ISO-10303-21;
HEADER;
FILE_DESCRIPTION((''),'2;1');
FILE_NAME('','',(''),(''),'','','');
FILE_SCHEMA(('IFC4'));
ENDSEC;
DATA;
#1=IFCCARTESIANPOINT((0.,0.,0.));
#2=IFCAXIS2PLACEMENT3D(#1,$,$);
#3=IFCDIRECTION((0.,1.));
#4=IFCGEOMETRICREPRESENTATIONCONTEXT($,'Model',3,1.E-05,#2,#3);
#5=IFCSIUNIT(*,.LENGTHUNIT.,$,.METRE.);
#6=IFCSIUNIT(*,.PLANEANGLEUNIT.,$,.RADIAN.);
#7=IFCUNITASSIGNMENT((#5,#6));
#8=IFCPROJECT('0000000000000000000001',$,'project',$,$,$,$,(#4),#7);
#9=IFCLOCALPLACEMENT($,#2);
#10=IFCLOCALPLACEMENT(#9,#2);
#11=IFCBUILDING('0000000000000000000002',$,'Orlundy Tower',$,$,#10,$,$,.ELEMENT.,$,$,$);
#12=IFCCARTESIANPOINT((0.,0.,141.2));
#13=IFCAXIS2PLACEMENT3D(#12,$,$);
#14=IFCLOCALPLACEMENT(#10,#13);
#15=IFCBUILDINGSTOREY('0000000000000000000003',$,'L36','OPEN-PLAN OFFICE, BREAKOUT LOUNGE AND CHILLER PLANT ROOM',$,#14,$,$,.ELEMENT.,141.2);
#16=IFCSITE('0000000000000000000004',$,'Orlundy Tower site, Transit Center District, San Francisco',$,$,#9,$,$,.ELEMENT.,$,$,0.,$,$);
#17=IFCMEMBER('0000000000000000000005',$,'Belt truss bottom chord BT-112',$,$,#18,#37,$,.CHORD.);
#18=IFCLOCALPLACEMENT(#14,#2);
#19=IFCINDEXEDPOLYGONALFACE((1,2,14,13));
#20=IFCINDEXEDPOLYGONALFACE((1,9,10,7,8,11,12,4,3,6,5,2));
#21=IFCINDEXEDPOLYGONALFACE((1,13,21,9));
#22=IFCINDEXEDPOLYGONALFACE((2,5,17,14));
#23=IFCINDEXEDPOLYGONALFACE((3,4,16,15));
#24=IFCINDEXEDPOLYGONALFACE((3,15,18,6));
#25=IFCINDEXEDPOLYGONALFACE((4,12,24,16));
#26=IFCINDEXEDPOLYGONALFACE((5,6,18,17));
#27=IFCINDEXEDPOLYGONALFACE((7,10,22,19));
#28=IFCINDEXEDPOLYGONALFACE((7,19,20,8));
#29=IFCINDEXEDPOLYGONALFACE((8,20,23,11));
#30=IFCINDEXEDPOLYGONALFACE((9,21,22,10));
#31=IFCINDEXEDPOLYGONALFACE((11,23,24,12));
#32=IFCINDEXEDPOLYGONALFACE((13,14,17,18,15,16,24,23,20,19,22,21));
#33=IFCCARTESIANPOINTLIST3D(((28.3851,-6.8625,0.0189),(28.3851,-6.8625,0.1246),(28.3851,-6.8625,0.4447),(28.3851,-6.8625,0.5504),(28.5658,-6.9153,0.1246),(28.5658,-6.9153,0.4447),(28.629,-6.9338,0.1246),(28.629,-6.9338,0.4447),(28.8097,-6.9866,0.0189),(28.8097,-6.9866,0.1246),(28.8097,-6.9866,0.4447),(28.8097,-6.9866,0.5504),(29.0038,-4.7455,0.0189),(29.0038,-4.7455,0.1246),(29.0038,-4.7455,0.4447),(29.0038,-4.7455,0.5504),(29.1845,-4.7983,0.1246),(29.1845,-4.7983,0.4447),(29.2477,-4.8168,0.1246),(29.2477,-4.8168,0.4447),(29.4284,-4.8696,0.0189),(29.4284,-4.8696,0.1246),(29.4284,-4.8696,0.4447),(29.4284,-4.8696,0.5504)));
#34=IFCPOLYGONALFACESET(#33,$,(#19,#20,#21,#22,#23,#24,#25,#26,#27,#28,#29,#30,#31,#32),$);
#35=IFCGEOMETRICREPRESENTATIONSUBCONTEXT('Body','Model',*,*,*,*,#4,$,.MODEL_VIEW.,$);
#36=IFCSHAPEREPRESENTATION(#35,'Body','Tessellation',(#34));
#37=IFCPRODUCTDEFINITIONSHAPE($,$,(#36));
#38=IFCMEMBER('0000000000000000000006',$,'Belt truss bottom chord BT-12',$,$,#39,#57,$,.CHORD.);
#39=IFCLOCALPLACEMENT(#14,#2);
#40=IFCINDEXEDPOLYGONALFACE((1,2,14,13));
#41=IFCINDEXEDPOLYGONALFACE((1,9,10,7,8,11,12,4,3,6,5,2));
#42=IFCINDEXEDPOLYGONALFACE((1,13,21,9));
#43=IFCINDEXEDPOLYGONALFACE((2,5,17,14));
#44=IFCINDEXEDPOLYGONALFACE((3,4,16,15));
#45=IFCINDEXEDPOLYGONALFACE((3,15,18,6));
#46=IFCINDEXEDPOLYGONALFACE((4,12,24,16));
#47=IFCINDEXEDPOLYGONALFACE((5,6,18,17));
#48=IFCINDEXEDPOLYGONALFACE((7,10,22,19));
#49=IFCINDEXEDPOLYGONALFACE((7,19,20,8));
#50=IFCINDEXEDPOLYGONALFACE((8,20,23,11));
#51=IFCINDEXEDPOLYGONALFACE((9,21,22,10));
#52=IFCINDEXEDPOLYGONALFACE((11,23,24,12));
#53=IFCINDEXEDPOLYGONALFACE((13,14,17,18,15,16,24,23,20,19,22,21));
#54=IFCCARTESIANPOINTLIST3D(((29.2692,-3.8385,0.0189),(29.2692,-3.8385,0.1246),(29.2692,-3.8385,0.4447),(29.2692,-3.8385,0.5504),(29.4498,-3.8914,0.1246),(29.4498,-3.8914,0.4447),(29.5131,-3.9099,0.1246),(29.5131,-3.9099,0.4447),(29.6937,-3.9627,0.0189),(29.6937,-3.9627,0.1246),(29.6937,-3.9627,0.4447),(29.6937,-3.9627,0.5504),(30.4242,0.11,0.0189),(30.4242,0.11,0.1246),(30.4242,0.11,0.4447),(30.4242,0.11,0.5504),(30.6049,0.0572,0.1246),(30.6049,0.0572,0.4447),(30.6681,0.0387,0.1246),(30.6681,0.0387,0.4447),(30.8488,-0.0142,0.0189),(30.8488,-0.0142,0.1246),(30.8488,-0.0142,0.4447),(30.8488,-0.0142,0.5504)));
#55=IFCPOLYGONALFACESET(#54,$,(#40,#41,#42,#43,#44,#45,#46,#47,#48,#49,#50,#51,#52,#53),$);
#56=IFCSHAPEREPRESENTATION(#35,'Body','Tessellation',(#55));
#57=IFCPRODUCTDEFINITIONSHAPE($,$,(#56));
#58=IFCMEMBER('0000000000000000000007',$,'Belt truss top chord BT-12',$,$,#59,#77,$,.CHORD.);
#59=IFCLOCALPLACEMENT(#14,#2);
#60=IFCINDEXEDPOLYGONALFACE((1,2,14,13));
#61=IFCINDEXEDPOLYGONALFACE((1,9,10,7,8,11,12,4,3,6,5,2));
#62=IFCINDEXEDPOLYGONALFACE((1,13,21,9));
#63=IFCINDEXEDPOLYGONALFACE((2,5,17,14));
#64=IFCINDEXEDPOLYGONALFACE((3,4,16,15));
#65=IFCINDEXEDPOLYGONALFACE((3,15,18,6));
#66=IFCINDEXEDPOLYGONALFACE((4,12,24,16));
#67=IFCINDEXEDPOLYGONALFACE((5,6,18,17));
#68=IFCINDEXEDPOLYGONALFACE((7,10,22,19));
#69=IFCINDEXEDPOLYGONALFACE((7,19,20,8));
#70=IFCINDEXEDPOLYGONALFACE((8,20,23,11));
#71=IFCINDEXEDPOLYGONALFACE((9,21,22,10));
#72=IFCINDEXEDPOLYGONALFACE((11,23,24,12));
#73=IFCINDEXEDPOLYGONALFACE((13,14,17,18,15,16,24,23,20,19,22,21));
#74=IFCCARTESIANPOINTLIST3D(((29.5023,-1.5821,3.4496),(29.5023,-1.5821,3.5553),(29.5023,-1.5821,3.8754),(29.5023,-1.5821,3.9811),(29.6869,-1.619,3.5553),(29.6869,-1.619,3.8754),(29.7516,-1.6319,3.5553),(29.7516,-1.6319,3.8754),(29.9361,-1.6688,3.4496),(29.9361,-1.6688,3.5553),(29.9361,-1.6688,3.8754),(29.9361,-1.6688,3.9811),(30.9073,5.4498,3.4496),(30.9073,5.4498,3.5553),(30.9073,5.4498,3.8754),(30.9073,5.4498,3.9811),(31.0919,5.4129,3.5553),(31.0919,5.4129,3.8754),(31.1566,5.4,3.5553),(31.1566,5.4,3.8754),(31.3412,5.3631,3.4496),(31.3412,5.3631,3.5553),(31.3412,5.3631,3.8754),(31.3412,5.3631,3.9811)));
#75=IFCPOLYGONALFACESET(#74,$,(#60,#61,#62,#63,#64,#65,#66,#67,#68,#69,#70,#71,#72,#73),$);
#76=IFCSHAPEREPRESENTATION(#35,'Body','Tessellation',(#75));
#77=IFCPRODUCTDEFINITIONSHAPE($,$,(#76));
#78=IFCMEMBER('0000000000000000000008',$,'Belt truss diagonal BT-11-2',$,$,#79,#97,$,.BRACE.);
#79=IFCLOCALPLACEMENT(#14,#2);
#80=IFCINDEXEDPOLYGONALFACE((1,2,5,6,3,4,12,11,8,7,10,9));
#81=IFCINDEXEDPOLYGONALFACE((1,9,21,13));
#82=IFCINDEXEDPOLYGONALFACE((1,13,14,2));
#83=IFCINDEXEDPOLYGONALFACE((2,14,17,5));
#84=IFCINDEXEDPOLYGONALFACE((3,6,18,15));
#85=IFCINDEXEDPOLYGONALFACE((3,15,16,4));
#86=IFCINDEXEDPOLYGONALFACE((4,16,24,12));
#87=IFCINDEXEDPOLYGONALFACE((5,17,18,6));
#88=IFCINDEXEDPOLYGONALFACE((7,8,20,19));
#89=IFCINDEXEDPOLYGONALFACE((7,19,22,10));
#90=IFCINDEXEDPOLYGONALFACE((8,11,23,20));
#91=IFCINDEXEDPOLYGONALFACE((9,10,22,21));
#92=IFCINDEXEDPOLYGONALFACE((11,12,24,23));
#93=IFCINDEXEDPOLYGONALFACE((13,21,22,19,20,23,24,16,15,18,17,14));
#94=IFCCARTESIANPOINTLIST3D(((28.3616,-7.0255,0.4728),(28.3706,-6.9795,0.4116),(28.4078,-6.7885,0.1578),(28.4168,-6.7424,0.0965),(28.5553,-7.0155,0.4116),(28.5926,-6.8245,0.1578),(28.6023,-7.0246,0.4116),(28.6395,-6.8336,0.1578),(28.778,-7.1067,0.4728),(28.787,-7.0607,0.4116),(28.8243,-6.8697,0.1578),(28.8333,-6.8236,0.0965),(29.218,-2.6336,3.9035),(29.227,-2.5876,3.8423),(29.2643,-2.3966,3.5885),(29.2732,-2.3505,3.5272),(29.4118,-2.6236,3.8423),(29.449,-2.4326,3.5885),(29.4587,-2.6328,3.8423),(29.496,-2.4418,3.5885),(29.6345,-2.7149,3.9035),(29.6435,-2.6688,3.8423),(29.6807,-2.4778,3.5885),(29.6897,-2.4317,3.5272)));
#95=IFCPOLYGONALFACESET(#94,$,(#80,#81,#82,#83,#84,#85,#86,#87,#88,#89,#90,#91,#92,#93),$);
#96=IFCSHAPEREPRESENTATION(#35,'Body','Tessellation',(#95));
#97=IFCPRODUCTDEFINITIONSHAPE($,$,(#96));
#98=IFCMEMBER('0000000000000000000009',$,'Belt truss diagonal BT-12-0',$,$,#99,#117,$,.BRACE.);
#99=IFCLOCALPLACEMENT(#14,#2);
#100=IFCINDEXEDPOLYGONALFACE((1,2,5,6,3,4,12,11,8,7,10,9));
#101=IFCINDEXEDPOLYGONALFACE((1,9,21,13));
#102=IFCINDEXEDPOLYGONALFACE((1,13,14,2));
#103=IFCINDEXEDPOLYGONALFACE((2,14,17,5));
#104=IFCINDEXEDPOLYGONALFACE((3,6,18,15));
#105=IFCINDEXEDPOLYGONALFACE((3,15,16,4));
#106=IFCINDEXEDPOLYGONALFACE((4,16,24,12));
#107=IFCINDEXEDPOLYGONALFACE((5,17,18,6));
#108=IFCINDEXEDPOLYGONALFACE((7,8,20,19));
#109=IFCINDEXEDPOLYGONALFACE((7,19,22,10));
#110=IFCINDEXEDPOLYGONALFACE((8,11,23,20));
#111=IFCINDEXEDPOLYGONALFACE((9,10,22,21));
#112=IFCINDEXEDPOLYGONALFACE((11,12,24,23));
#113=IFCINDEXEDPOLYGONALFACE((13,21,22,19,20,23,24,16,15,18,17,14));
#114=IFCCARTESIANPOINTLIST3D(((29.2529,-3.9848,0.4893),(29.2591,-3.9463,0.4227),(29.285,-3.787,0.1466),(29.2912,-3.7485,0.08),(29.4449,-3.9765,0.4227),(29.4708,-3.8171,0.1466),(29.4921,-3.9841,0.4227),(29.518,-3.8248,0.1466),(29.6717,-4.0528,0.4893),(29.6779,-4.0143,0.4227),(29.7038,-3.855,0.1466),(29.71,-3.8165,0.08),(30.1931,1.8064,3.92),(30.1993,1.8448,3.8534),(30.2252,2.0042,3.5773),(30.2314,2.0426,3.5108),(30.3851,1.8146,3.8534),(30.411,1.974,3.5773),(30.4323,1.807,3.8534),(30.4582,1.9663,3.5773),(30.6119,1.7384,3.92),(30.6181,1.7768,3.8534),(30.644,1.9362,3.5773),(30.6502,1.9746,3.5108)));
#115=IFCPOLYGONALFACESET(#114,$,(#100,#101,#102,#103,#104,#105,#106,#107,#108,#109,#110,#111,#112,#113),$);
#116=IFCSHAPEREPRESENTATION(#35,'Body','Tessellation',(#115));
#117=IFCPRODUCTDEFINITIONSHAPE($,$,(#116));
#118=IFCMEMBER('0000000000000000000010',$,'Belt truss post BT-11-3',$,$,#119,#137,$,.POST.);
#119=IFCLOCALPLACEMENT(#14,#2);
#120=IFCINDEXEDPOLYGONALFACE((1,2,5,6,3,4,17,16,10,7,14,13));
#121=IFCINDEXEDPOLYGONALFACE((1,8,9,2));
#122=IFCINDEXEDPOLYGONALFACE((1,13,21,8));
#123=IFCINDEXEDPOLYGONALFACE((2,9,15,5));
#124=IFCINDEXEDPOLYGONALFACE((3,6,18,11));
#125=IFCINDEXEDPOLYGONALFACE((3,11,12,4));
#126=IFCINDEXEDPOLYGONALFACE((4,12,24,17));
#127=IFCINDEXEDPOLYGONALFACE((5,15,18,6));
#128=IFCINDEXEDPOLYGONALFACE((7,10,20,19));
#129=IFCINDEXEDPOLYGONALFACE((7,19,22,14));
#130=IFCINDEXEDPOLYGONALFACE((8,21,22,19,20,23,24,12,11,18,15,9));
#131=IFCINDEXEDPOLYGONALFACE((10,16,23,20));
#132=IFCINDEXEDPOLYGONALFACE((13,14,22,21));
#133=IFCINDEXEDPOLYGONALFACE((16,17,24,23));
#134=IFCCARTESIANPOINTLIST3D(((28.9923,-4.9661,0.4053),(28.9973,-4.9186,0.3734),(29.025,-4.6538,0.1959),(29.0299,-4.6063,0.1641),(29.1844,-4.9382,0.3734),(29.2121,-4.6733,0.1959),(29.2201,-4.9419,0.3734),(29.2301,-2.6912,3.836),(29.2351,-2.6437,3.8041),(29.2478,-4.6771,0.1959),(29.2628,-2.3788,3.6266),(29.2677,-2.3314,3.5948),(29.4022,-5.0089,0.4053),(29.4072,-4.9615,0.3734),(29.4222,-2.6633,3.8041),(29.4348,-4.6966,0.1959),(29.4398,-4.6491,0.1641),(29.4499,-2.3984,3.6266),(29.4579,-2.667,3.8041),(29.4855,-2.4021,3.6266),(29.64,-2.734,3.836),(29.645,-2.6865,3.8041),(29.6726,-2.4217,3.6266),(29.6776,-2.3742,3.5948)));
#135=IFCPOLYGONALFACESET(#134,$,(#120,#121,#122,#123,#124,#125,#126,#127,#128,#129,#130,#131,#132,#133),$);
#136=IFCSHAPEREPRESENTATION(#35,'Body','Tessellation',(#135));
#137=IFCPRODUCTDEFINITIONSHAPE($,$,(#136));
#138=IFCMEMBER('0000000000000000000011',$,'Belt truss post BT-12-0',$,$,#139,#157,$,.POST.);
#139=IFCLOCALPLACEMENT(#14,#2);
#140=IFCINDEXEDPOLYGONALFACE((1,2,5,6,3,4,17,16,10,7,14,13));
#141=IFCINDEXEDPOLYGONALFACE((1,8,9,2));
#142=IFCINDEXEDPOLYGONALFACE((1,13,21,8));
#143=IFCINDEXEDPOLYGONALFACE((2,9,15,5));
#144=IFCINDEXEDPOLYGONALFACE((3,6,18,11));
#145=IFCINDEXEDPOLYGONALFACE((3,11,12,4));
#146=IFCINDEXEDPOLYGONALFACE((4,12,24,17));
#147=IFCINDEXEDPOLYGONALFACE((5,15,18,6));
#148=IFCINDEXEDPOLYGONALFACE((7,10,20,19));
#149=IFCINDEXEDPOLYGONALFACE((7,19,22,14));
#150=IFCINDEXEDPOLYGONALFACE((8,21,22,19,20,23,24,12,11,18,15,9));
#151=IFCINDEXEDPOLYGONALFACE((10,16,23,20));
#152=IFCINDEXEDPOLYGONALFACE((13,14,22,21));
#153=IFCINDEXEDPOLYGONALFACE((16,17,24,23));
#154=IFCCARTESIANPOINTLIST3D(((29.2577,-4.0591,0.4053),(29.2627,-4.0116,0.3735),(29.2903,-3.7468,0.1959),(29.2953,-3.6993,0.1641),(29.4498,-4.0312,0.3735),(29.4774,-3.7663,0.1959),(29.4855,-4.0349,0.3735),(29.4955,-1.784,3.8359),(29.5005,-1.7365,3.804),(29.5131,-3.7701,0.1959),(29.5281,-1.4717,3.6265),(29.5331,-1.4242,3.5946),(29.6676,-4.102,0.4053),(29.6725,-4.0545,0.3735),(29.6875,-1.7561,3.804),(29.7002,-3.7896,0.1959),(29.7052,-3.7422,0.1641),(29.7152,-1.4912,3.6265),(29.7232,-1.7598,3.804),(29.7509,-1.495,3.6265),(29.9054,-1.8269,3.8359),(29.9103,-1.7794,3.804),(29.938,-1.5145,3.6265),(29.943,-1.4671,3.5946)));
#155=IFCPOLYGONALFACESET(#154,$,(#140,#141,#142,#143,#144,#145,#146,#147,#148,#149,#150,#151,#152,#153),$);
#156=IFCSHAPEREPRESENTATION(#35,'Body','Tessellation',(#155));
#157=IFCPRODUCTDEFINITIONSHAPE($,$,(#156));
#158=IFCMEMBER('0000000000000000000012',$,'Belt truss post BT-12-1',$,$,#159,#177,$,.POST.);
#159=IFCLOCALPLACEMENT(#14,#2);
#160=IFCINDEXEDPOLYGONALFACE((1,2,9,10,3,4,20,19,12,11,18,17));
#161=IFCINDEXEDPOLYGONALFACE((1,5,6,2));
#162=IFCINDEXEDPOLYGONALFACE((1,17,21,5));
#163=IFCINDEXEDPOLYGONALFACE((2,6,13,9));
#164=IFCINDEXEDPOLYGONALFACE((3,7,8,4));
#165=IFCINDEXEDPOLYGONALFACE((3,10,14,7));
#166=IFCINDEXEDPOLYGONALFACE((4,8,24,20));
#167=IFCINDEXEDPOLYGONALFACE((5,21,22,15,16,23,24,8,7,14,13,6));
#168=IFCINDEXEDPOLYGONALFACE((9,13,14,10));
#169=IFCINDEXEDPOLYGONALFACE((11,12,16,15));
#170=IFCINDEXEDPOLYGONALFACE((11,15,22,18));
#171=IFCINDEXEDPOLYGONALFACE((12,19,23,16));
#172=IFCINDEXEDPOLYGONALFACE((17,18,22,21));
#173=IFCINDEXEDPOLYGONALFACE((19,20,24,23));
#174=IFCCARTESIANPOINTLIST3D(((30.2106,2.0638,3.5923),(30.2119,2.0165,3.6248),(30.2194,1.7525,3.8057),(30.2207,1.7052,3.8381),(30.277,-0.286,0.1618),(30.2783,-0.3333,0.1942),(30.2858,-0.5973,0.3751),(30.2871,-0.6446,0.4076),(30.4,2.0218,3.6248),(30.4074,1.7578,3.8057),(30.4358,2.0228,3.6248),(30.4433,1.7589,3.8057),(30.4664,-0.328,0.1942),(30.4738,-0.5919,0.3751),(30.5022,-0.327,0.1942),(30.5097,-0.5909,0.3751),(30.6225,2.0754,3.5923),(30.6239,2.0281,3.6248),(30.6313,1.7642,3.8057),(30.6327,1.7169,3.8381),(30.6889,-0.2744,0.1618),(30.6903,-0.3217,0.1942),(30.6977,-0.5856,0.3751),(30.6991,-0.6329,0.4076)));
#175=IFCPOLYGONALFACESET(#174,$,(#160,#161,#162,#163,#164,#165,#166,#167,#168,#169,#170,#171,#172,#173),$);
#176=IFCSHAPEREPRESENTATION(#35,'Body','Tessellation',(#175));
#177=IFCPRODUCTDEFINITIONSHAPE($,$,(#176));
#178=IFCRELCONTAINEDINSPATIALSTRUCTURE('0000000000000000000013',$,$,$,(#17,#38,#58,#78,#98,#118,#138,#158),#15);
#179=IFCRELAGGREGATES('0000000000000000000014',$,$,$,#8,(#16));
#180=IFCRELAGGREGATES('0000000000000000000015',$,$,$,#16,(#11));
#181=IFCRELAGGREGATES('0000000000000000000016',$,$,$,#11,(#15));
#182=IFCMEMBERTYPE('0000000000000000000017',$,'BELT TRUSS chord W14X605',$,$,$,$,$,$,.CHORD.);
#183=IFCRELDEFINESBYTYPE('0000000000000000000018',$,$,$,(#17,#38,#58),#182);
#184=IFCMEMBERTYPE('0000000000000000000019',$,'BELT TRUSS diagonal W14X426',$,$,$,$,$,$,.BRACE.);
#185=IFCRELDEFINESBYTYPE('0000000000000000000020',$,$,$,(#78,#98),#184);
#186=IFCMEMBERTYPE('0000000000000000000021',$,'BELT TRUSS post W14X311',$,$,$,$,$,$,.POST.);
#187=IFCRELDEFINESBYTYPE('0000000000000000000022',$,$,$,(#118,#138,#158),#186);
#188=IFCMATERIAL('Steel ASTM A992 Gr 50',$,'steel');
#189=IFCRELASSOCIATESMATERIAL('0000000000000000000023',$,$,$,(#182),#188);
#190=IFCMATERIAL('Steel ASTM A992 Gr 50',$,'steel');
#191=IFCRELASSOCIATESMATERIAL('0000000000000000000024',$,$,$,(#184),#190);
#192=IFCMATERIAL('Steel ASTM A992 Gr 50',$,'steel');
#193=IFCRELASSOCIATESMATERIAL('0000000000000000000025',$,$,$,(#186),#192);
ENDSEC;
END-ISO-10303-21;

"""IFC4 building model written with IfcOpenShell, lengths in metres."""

from ifc_helpers import new_model, si_unit, direction, frame, origin, origin_2d, place, context, subcontext, project, spatial, i_section, extrude, material, material_profile, profile_set, type_object, element, save


model = new_model("IFC4")

# Units and contexts
model_context = context("Model", 3, precision=1e-05, world=origin(), true_north=direction((0.0, 1.0)))
body_context = subcontext(model_context, "Body", "Model", "MODEL_VIEW")
ifc_project = project(units=[si_unit("LENGTHUNIT", "METRE"), si_unit("PLANEANGLEUNIT", "RADIAN")], contexts=[model_context])

# Site, building, storey
site_placement = place(None, origin())
site = spatial("IfcSite", under=ifc_project, at=site_placement, Name="Orlundy Tower site, Transit Center District, San Francisco", CompositionType="ELEMENT", RefElevation=0.0)
building_placement = place(site_placement, origin())
building = spatial("IfcBuilding", under=site, at=building_placement, Name="Orlundy Tower", CompositionType="ELEMENT")
storey_placement = place(building_placement, frame((0.0, 0.0, 141.2)))
storey = spatial("IfcBuildingStorey", under=building, at=storey_placement, Name="L36", Description="OPEN-PLAN OFFICE, BREAKOUT LOUNGE AND CHILLER PLANT ROOM", CompositionType="ELEMENT", Elevation=141.2)

# Members
ifc_material_1 = material(Name="Steel ASTM A992 Gr 50", Category="steel")
ifc_material_profile_1 = material_profile(ifc_material_1, i_section(OverallWidth=0.4424, OverallDepth=0.5315, WebThickness=0.0659, FlangeThickness=0.1057, at=origin_2d()), Name="W14X605")
ifc_profile_set_1 = profile_set([ifc_material_profile_1], Name="Steel ASTM A992 Gr 50")
member_type_1 = type_object("IfcMemberType", Name="BELT TRUSS chord W14X605", PredefinedType="CHORD", material=ifc_profile_set_1)
member_1_placement = place(storey_placement, frame((28.5974, -6.9246, 0.2847), z_axis=(0.280506, 0.959852, 0.0), x_axis=(-0.959852, 0.280506, 0.0)))
element("IfcMember", 1, at=member_1_placement, inside=storey, type_object=member_type_1, Name="Belt truss bottom chord BT-112", PredefinedType="CHORD", context=body_context, shape_type="SweptSolid", body=[
    extrude(i_section(OverallWidth=0.4424, OverallDepth=0.5315, WebThickness=0.0659, FlangeThickness=0.1057, at=origin_2d()), origin(), (0.0, 0.0, 1.0), 2.2056),
])
member_2_placement = place(storey_placement, frame((29.4814, -3.9006, 0.2847), z_axis=(0.280759, 0.959778, 0.0), x_axis=(-0.959778, 0.280759, 0.0)))
element("IfcMember", 2, at=member_2_placement, inside=storey, type_object=member_type_1, Name="Belt truss bottom chord BT-12", PredefinedType="CHORD", context=body_context, shape_type="SweptSolid", body=[
    extrude(i_section(OverallWidth=0.4424, OverallDepth=0.5315, WebThickness=0.0659, FlangeThickness=0.1057, at=origin_2d()), origin(), (0.0, 0.0, 1.0), 4.114),
])
member_3_placement = place(storey_placement, frame((29.7192, -1.6255, 3.7153), z_axis=(0.195933, 0.980617, 0.0), x_axis=(-0.980617, 0.195933, 0.0)))
element("IfcMember", 3, at=member_3_placement, inside=storey, type_object=member_type_1, Name="Belt truss top chord BT-12", PredefinedType="CHORD", context=body_context, shape_type="SweptSolid", body=[
    extrude(i_section(OverallWidth=0.4424, OverallDepth=0.5315, WebThickness=0.0659, FlangeThickness=0.1057, at=origin_2d()), origin(), (0.0, 0.0, 1.0), 7.1709),
])
ifc_material_2 = material(Name="Steel ASTM A992 Gr 50", Category="steel")
ifc_material_profile_2 = material_profile(ifc_material_2, i_section(OverallWidth=0.4243, OverallDepth=0.4741, WebThickness=0.0479, FlangeThickness=0.0771, at=origin_2d()), Name="W14X426")
ifc_profile_set_2 = profile_set([ifc_material_profile_2], Name="Steel ASTM A992 Gr 50")
member_type_2 = type_object("IfcMemberType", Name="BELT TRUSS diagonal W14X426", PredefinedType="BRACE", material=ifc_profile_set_2)
member_4_placement = place(storey_placement, frame((28.5974, -6.9246, 0.2847), z_axis=(0.151896, 0.778921, 0.608449), x_axis=(-0.981512, 0.191403, 0.0)))
element("IfcMember", 4, at=member_4_placement, inside=storey, type_object=member_type_2, Name="Belt truss diagonal BT-11-2", PredefinedType="BRACE", context=body_context, shape_type="SweptSolid", body=[
    extrude(i_section(OverallWidth=0.4243, OverallDepth=0.4741, WebThickness=0.0479, FlangeThickness=0.0771, at=origin_2d()), origin(), (0.0, 0.0, 1.0), 5.6384),
])
member_5_placement = place(storey_placement, frame((29.4814, -3.9006, 0.2847), z_axis=(0.138338, 0.852088, 0.504786), x_axis=(-0.987076, 0.160254, 0.0)))
element("IfcMember", 5, at=member_5_placement, inside=storey, type_object=member_type_2, Name="Belt truss diagonal BT-12-0", PredefinedType="BRACE", context=body_context, shape_type="SweptSolid", body=[
    extrude(i_section(OverallWidth=0.4243, OverallDepth=0.4741, WebThickness=0.0479, FlangeThickness=0.0771, at=origin_2d()), origin(), (0.0, 0.0, 1.0), 6.7964),
])
ifc_material_3 = material(Name="Steel ASTM A992 Gr 50", Category="steel")
ifc_material_profile_3 = material_profile(ifc_material_3, i_section(OverallWidth=0.4121, OverallDepth=0.4348, WebThickness=0.0359, FlangeThickness=0.0574, at=origin_2d()), Name="W14X311")
ifc_profile_set_3 = profile_set([ifc_material_profile_3], Name="Steel ASTM A992 Gr 50")
member_type_3 = type_object("IfcMemberType", Name="BELT TRUSS post W14X311", PredefinedType="POST", material=ifc_profile_set_3)
for number, where, z_axis, x_axis, name in (
    (6, (29.2161, -4.8076, 0.2847), (0.057671, 0.551726, 0.832029), (-0.994581, 0.103962, 0.0), "Belt truss post BT-11-3"),
    (7, (29.4814, -3.9006, 0.2847), (0.057669, 0.551767, 0.832002), (-0.994582, 0.103951, 0.0), "Belt truss post BT-12-0"),
):
    element("IfcMember", number, at=place(storey_placement, frame(where, z_axis=z_axis, x_axis=x_axis)), inside=storey, type_object=member_type_3, Name=name, PredefinedType="POST", context=body_context, shape_type="SweptSolid", body=[
        extrude(i_section(OverallWidth=0.4121, OverallDepth=0.4348, WebThickness=0.0359, FlangeThickness=0.0574, at=origin_2d()), origin(), (0.0, 0.0, 1.0), 4.1233),
    ])
member_6_placement = place(storey_placement, frame((30.488, -0.4595, 0.2847), z_axis=(-0.015968, 0.565031, 0.824915), x_axis=(-0.999601, -0.028248, 0.0)))
element("IfcMember", 8, at=member_6_placement, inside=storey, type_object=member_type_3, Name="Belt truss post BT-12-1", PredefinedType="POST", context=body_context, shape_type="SweptSolid", body=[
    extrude(i_section(OverallWidth=0.4121, OverallDepth=0.4348, WebThickness=0.0359, FlangeThickness=0.0574, at=origin_2d()), origin(), (0.0, 0.0, 1.0), 4.1587),
])

save(model, "model.ifc")
